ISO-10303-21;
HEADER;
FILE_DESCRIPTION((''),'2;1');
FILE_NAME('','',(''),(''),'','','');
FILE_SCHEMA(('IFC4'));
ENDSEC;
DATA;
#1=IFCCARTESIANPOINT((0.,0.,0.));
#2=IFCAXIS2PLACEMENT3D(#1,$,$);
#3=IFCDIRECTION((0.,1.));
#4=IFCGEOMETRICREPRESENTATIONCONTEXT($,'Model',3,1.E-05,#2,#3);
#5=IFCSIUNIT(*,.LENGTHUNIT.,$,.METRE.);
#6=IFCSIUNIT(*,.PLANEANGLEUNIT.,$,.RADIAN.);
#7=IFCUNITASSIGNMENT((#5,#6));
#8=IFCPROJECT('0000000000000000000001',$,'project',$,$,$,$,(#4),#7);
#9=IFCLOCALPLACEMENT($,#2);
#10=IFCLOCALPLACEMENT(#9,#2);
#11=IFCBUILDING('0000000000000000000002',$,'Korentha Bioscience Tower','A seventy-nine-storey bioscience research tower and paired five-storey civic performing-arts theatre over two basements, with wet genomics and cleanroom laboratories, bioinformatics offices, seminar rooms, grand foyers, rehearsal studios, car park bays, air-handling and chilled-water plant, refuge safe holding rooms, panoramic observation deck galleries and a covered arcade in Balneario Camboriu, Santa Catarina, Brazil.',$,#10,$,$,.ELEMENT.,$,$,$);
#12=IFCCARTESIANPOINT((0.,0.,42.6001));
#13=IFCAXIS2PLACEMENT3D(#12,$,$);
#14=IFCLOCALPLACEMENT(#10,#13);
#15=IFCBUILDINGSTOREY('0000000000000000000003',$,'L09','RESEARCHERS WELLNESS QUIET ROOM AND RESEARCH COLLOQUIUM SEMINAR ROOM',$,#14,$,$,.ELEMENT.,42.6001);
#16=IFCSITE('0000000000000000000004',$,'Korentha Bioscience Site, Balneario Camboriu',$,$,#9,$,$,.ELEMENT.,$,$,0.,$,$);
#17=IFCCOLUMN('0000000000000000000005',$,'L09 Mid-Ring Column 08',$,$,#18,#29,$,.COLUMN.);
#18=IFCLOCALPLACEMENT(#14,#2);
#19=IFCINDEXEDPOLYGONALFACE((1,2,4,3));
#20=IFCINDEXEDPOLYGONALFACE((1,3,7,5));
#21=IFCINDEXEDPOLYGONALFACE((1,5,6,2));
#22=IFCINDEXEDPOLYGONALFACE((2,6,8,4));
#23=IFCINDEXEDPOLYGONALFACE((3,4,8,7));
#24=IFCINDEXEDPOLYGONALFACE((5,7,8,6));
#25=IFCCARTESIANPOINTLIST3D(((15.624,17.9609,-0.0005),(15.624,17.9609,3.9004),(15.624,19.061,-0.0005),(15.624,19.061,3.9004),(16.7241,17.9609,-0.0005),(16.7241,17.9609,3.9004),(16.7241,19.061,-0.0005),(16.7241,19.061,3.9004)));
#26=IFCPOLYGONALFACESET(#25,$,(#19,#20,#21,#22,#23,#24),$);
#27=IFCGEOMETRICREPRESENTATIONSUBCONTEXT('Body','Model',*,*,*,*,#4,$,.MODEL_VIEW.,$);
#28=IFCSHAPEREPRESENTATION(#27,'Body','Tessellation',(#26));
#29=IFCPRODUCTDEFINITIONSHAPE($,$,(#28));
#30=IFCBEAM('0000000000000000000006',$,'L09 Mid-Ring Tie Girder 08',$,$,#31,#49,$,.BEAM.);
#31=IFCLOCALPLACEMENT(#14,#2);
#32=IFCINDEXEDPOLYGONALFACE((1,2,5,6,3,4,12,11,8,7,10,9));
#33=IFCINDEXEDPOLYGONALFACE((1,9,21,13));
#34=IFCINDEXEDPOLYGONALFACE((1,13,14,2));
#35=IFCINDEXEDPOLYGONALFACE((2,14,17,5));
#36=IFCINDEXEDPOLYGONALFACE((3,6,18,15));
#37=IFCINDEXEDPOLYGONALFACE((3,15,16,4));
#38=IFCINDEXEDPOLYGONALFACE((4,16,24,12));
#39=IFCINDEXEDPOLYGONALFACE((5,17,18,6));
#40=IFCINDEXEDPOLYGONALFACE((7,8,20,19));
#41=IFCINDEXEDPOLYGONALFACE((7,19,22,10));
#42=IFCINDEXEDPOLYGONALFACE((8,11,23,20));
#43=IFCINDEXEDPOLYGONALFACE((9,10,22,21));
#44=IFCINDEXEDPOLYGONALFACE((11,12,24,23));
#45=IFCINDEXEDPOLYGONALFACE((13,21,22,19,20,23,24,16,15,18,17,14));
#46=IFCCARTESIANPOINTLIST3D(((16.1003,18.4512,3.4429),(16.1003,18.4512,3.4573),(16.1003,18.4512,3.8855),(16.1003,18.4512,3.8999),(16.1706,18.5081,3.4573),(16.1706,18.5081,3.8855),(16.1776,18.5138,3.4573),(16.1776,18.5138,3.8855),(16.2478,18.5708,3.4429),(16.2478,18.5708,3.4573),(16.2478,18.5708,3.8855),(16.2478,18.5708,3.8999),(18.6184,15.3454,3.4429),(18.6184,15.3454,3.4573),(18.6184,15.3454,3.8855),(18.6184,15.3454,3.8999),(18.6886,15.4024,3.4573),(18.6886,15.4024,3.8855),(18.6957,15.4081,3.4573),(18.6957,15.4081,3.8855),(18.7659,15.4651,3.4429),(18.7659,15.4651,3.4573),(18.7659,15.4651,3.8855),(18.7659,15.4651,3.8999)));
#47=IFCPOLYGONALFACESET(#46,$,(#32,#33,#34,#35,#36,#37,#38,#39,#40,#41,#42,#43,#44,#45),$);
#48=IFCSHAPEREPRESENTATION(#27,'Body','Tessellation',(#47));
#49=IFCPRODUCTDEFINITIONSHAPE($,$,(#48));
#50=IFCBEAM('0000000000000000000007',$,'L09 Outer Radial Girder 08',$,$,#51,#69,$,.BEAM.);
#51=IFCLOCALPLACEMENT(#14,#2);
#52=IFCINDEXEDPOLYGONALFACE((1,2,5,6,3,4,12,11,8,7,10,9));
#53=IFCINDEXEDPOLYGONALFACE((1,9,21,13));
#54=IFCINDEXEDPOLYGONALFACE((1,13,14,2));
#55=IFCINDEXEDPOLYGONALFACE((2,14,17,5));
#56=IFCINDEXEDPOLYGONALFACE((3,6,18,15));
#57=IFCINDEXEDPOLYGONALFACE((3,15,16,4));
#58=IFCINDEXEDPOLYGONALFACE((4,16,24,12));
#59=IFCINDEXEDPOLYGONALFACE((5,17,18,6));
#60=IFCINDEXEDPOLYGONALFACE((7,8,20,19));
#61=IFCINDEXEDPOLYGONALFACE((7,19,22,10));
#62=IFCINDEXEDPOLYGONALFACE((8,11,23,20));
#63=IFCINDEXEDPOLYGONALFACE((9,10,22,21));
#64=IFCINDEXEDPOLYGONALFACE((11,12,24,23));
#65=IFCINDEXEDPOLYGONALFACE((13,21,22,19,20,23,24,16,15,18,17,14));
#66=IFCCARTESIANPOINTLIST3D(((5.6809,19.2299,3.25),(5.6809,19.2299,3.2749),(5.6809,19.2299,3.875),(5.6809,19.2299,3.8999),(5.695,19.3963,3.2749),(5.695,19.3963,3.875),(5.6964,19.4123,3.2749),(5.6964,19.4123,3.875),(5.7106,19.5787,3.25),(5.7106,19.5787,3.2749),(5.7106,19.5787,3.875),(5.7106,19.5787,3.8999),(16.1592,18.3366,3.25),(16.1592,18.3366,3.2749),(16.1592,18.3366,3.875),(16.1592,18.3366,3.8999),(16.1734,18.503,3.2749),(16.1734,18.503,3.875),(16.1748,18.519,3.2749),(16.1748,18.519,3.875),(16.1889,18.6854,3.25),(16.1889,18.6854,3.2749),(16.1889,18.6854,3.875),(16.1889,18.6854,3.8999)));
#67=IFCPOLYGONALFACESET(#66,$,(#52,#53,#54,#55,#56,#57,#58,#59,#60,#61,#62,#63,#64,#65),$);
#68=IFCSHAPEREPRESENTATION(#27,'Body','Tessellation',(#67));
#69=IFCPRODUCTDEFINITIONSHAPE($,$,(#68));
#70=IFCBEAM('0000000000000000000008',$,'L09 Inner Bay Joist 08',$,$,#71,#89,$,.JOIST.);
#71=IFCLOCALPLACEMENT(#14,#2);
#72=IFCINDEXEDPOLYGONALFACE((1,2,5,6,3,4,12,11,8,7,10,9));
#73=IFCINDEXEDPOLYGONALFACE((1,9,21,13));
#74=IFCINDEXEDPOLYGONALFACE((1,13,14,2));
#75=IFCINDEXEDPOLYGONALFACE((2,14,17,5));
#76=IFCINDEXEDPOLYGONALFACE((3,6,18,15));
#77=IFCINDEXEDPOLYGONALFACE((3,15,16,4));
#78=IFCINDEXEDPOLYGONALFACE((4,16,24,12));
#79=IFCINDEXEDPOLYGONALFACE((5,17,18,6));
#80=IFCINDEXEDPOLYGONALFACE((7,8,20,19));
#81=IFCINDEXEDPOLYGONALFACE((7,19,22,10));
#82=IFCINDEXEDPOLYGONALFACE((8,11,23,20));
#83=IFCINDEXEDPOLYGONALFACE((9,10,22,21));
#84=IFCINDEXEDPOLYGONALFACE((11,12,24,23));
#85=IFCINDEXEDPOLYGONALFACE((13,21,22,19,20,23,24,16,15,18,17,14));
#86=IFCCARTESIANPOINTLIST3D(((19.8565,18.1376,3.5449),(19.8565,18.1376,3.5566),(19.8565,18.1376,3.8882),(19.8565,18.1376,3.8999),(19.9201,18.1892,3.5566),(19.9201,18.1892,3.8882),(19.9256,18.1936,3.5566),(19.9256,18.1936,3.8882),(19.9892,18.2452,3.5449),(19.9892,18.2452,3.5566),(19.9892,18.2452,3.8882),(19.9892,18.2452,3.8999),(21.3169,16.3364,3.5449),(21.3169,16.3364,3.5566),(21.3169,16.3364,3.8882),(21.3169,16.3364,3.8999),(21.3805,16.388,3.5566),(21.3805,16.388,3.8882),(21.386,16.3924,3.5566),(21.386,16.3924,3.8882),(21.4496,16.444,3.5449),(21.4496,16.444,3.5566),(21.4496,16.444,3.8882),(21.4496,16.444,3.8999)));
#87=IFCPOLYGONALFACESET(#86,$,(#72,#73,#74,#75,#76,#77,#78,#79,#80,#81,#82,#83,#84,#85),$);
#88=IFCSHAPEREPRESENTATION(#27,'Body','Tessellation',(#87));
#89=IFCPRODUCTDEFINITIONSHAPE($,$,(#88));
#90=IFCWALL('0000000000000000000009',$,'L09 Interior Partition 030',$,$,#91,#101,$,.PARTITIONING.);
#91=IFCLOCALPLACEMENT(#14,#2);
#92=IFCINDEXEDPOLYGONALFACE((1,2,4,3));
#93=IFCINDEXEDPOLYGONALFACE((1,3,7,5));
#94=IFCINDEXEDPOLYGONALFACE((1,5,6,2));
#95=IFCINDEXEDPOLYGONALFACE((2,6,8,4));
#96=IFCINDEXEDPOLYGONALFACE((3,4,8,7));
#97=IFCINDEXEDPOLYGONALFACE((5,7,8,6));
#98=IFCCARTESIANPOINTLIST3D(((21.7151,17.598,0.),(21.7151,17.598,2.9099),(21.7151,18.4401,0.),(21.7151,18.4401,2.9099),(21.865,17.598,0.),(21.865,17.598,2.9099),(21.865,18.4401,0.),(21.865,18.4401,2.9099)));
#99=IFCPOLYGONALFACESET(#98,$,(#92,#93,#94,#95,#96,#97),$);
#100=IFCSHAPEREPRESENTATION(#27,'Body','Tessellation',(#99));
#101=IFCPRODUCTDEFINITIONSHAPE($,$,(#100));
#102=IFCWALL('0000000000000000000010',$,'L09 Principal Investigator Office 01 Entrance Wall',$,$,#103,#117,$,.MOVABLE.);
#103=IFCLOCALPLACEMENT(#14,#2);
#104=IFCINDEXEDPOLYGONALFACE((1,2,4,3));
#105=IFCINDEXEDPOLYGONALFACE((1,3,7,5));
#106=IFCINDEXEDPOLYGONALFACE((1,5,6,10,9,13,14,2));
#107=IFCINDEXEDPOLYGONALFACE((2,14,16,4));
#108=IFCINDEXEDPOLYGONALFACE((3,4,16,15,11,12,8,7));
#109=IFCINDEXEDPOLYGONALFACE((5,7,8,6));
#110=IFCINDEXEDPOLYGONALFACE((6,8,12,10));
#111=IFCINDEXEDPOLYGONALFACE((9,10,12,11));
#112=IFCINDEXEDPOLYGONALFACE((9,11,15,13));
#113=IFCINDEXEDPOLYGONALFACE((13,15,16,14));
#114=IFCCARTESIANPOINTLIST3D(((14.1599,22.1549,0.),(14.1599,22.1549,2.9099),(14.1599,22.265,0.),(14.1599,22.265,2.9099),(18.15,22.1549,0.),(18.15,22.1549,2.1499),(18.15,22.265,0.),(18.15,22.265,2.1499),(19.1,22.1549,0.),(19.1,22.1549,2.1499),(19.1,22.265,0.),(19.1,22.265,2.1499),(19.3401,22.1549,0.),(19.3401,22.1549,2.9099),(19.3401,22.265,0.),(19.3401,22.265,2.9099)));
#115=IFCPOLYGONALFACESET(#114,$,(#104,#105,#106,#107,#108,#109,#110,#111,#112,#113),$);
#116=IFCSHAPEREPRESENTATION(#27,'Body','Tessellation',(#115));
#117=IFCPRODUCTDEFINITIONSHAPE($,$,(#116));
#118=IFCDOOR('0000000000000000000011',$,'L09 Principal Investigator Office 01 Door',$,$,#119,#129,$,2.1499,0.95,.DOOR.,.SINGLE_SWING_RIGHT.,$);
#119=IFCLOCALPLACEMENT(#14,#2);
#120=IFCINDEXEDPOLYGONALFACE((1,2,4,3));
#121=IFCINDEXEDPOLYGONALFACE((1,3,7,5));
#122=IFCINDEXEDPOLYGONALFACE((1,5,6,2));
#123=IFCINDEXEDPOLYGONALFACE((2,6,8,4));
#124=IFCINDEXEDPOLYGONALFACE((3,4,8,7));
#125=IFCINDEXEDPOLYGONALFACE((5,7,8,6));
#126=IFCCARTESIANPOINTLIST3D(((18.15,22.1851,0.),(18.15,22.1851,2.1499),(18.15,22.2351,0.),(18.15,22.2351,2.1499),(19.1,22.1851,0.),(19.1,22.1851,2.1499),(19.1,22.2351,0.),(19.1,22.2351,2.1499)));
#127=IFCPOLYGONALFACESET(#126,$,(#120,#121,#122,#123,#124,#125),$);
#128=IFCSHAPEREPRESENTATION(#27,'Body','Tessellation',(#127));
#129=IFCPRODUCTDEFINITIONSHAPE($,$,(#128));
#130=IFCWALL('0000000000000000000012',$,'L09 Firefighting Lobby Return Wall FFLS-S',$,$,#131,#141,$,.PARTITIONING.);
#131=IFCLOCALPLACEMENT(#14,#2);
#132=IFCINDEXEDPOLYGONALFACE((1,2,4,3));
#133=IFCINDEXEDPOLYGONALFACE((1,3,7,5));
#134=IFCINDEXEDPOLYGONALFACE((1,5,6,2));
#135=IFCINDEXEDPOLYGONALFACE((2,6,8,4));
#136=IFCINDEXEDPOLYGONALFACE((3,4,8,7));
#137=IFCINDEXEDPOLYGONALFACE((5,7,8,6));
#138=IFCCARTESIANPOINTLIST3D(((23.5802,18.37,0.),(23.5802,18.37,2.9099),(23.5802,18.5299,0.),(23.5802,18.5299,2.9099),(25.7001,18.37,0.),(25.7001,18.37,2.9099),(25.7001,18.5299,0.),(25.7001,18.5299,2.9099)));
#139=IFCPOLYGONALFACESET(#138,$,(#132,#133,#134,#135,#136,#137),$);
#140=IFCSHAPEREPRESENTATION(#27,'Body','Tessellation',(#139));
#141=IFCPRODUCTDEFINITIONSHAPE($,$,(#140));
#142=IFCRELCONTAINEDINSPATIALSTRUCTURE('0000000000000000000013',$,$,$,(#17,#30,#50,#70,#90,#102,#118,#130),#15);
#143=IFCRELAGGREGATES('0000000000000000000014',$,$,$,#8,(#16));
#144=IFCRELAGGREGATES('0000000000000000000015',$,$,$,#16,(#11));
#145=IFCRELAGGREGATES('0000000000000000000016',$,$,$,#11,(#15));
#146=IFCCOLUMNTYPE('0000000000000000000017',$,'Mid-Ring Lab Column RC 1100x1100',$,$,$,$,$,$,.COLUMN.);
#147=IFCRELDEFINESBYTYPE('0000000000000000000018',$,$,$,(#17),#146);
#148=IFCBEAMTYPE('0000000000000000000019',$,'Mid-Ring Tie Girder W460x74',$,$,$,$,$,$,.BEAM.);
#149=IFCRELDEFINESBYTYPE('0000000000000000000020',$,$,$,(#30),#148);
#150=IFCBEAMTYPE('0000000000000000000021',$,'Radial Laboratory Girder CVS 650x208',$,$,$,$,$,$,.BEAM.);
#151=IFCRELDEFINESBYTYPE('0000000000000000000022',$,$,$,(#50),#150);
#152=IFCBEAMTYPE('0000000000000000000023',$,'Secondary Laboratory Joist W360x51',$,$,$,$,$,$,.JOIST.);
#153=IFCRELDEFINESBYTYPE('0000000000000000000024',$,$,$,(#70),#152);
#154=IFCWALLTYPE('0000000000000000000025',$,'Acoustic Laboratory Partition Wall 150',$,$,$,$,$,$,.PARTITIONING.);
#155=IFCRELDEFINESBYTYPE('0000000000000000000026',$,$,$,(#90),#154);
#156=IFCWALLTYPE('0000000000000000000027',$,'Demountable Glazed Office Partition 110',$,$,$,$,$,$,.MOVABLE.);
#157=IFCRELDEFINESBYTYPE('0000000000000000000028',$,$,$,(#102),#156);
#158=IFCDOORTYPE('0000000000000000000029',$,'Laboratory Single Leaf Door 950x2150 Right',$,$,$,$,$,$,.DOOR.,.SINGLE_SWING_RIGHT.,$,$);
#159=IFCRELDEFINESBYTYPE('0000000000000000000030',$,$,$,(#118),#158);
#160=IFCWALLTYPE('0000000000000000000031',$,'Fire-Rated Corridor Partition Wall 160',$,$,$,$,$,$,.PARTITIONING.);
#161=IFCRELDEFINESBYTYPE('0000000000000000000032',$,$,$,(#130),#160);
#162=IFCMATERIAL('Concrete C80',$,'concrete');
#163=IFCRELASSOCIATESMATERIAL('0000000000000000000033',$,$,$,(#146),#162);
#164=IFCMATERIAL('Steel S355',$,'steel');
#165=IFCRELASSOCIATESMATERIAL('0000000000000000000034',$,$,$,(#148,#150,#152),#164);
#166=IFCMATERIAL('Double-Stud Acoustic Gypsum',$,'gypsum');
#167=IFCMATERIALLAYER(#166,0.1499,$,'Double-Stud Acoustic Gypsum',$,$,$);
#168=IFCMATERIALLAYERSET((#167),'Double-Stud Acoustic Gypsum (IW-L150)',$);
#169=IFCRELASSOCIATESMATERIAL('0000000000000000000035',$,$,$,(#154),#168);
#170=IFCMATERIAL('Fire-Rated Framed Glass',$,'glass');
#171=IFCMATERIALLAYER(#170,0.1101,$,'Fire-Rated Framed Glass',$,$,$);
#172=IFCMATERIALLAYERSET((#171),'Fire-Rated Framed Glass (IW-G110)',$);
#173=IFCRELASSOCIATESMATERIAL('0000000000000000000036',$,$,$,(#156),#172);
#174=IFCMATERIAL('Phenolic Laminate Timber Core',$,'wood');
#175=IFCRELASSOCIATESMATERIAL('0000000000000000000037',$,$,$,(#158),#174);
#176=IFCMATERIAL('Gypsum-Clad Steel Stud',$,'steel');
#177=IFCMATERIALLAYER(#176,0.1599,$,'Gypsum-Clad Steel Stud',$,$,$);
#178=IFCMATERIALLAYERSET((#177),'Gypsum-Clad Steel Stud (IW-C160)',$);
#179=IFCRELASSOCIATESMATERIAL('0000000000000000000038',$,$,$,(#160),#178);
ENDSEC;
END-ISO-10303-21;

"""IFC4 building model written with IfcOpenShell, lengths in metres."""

from ifc_helpers import new_model, si_unit, direction, frame, frame_2d, origin, origin_2d, place, context, subcontext, project, spatial, rectangle, i_section, extrude, material, layer, layer_set, material_profile, profile_set, type_object, element, fill, save


model = new_model("IFC4")

# Units and contexts
model_context = context("Model", 3, precision=1e-05, world=origin(), true_north=direction((0.0, 1.0)))
body_context = subcontext(model_context, "Body", "Model", "MODEL_VIEW")
ifc_project = project(units=[si_unit("LENGTHUNIT", "METRE"), si_unit("PLANEANGLEUNIT", "RADIAN")], contexts=[model_context])

# Site, building, storey
site_placement = place(None, origin())
site = spatial("IfcSite", under=ifc_project, at=site_placement, Name="Korentha Bioscience Site, Balneario Camboriu", CompositionType="ELEMENT", RefElevation=0.0)
building_placement = place(site_placement, origin())
building = spatial("IfcBuilding", under=site, at=building_placement, Name="Korentha Bioscience Tower", Description="A seventy-nine-storey bioscience research tower and paired five-storey civic performing-arts theatre over two basements, with wet genomics and cleanroom laboratories, bioinformatics offices, seminar rooms, grand foyers, rehearsal studios, car park bays, air-handling and chilled-water plant, refuge safe holding rooms, panoramic observation deck galleries and a covered arcade in Balneario Camboriu, Santa Catarina, Brazil.", CompositionType="ELEMENT")
storey_placement = place(building_placement, frame((0.0, 0.0, 42.6001)))
storey = spatial("IfcBuildingStorey", under=building, at=storey_placement, Name="L09", Description="RESEARCHERS WELLNESS QUIET ROOM AND RESEARCH COLLOQUIUM SEMINAR ROOM", CompositionType="ELEMENT", Elevation=42.6001)

# Column
ifc_material_1 = material(Name="Concrete C80", Category="concrete")
ifc_material_profile_1 = material_profile(ifc_material_1, rectangle(XDim=1.1001, YDim=1.1001, at=origin_2d()), Name="Concrete C80")
ifc_profile_set_1 = profile_set([ifc_material_profile_1], Name="Concrete C80 (COL-MR11)")
column_type = type_object("IfcColumnType", Name="Mid-Ring Lab Column RC 1100x1100", PredefinedType="COLUMN", material=ifc_profile_set_1)
column_placement = place(storey_placement, frame((16.1741, 18.511, -0.0005), z_axis=(0.0, 0.0, 1.0), x_axis=(1.0, 0.0, 0.0)))
element("IfcColumn", 1, at=column_placement, inside=storey, type_object=column_type, Name="L09 Mid-Ring Column 08", PredefinedType="COLUMN", context=body_context, shape_type="SweptSolid", body=[
    extrude(rectangle(XDim=1.1001, YDim=1.1001, at=origin_2d()), origin(), (0.0, 0.0, 1.0), 3.9009),
])

# Beams
ifc_material_2 = material(Name="Steel S355", Category="steel")
ifc_material_profile_2 = material_profile(ifc_material_2, i_section(OverallWidth=0.1899, OverallDepth=0.457, WebThickness=0.009, FlangeThickness=0.0144, at=origin_2d()), Name="Steel S355")
ifc_profile_set_2 = profile_set([ifc_material_profile_2], Name="Steel S355 (MB-460)")
beam_type_1 = type_object("IfcBeamType", Name="Mid-Ring Tie Girder W460x74", PredefinedType="BEAM", material=ifc_profile_set_2)
beam_1_placement = place(storey_placement, frame((16.1741, 18.511, 3.6714), z_axis=(0.62979, -0.776765, 0.0), x_axis=(0.776765, 0.62979, 0.0)))
element("IfcBeam", 2, at=beam_1_placement, inside=storey, type_object=beam_type_1, Name="L09 Mid-Ring Tie Girder 08", PredefinedType="BEAM", context=body_context, shape_type="SweptSolid", body=[
    extrude(i_section(OverallWidth=0.1899, OverallDepth=0.457, WebThickness=0.009, FlangeThickness=0.0144, at=origin_2d()), origin(), (0.0, 0.0, 1.0), 3.9983),
])
ifc_material_profile_3 = material_profile(ifc_material_2, i_section(OverallWidth=0.3501, OverallDepth=0.6499, WebThickness=0.0161, FlangeThickness=0.0249, at=origin_2d()), Name="Steel S355")
ifc_profile_set_3 = profile_set([ifc_material_profile_3], Name="Steel S355 (RB-650)")
beam_type_2 = type_object("IfcBeamType", Name="Radial Laboratory Girder CVS 650x208", PredefinedType="BEAM", material=ifc_profile_set_3)
beam_2_placement = place(storey_placement, frame((16.1741, 18.511, 3.575), z_axis=(-0.996386, 0.084945, 0.0), x_axis=(-0.084945, -0.996386, 0.0)))
element("IfcBeam", 3, at=beam_2_placement, inside=storey, type_object=beam_type_2, Name="L09 Outer Radial Girder 08", PredefinedType="BEAM", context=body_context, shape_type="SweptSolid", body=[
    extrude(i_section(OverallWidth=0.3501, OverallDepth=0.6499, WebThickness=0.0161, FlangeThickness=0.0249, at=origin_2d()), origin(), (0.0, 0.0, 1.0), 10.5164),
])
ifc_material_profile_4 = material_profile(ifc_material_2, i_section(OverallWidth=0.1709, OverallDepth=0.355, WebThickness=0.0071, FlangeThickness=0.0117, at=origin_2d()), Name="Steel S355")
ifc_profile_set_4 = profile_set([ifc_material_profile_4], Name="Steel S355 (JB-360)")
beam_type_3 = type_object("IfcBeamType", Name="Secondary Laboratory Joist W360x51", PredefinedType="JOIST", material=ifc_profile_set_4)
beam_3_placement = place(storey_placement, frame((19.9229, 18.1914, 3.7224), z_axis=(0.629792, -0.776764, 0.0), x_axis=(0.776764, 0.629792, 0.0)))
element("IfcBeam", 4, at=beam_3_placement, inside=storey, type_object=beam_type_3, Name="L09 Inner Bay Joist 08", PredefinedType="JOIST", context=body_context, shape_type="SweptSolid", body=[
    extrude(i_section(OverallWidth=0.1709, OverallDepth=0.355, WebThickness=0.0071, FlangeThickness=0.0117, at=origin_2d()), origin(), (0.0, 0.0, 1.0), 2.3188),
])

# Wall
ifc_material_3 = material(Name="Double-Stud Acoustic Gypsum", Category="gypsum")
ifc_layer_1 = layer(ifc_material_3, 0.1499, Name="Double-Stud Acoustic Gypsum")
ifc_layer_set_1 = layer_set([ifc_layer_1], Name="Double-Stud Acoustic Gypsum (IW-L150)")
wall_type_1 = type_object("IfcWallType", Name="Acoustic Laboratory Partition Wall 150", PredefinedType="PARTITIONING", material=ifc_layer_set_1)
wall_1_placement = place(storey_placement, frame((21.79, 18.4399, 0.0), z_axis=(0.0, 0.0, 1.0), x_axis=(0.0, -1.0, 0.0)))
element("IfcWall", 5, at=wall_1_placement, inside=storey, type_object=wall_type_1, Name="L09 Interior Partition 030", PredefinedType="PARTITIONING", context=body_context, shape_type="SweptSolid", body=[
    extrude(rectangle(XDim=0.842, YDim=0.1499, at=frame_2d((0.4209, 0.0))), origin(), (0.0, 0.0, 1.0), 2.9099),
])

# Wall, opening, door
ifc_material_4 = material(Name="Fire-Rated Framed Glass", Category="glass")
ifc_layer_2 = layer(ifc_material_4, 0.1101, Name="Fire-Rated Framed Glass")
ifc_layer_set_2 = layer_set([ifc_layer_2], Name="Fire-Rated Framed Glass (IW-G110)")
wall_type_2 = type_object("IfcWallType", Name="Demountable Glazed Office Partition 110", PredefinedType="MOVABLE", material=ifc_layer_set_2)
wall_2_placement = place(storey_placement, frame((19.3401, 22.21, 0.0), z_axis=(0.0, 0.0, 1.0), x_axis=(-1.0, 0.0, 0.0)))
wall_2 = element("IfcWall", 6, at=wall_2_placement, inside=storey, type_object=wall_type_2, Name="L09 Principal Investigator Office 01 Entrance Wall", PredefinedType="MOVABLE", context=body_context, shape_type="SweptSolid", body=[
    extrude(rectangle(XDim=5.1802, YDim=0.1101, at=frame_2d((2.5901, 0.0))), origin(), (0.0, 0.0, 1.0), 2.9099),
])
opening_1_placement = place(wall_2_placement, frame((0.24, 0.0, 0.0)))
opening_1 = element("IfcOpeningElement", 7, at=opening_1_placement, cuts=wall_2, PredefinedType="OPENING", context=body_context, shape_type="SweptSolid", body=[
    extrude(rectangle(XDim=0.95, YDim=2.1499, at=frame_2d((0.4751, 1.075))), frame((0.0, 0.0698, 0.0), z_axis=(0.0, -1.0, 0.0), x_axis=(1.0, 0.0, 0.0)), (0.0, 0.0, 1.0), 0.1399),
])
ifc_material_5 = material(Name="Phenolic Laminate Timber Core", Category="wood")
door_type_1 = type_object("IfcDoorType", Name="Laboratory Single Leaf Door 950x2150 Right", OperationType="SINGLE_SWING_RIGHT", PredefinedType="DOOR", material=ifc_material_5)
door_1_placement = place(opening_1_placement, origin())
door_1 = element("IfcDoor", 8, at=door_1_placement, inside=storey, type_object=door_type_1, Name="L09 Principal Investigator Office 01 Door", OperationType="SINGLE_SWING_RIGHT", OverallHeight=2.1499, OverallWidth=0.95, PredefinedType="DOOR", context=body_context, shape_type="SweptSolid", body=[
    extrude(rectangle(XDim=0.95, YDim=2.1499, at=frame_2d((0.4751, 1.075))), frame((0.0, 0.0249, 0.0), z_axis=(0.0, -1.0, 0.0), x_axis=(1.0, 0.0, 0.0)), (0.0, 0.0, 1.0), 0.05),
])
fill(opening_1, door_1)
ifc_material_6 = material(Name="Gypsum-Clad Steel Stud", Category="steel")
ifc_layer_3 = layer(ifc_material_6, 0.1599, Name="Gypsum-Clad Steel Stud")
ifc_layer_set_3 = layer_set([ifc_layer_3], Name="Gypsum-Clad Steel Stud (IW-C160)")
wall_type_3 = type_object("IfcWallType", Name="Fire-Rated Corridor Partition Wall 160", PredefinedType="PARTITIONING", material=ifc_layer_set_3)

# Wall
wall_3_placement = place(storey_placement, frame((23.5801, 18.45, 0.0), z_axis=(0.0, 0.0, 1.0), x_axis=(1.0, 0.0, 0.0)))
element("IfcWall", 9, at=wall_3_placement, inside=storey, type_object=wall_type_3, Name="L09 Firefighting Lobby Return Wall FFLS-S", PredefinedType="PARTITIONING", context=body_context, shape_type="SweptSolid", body=[
    extrude(rectangle(XDim=2.1199, YDim=0.1599, at=frame_2d((1.0601, 0.0))), origin(), (0.0, 0.0, 1.0), 2.9099),
])

save(model, "model.ifc")
